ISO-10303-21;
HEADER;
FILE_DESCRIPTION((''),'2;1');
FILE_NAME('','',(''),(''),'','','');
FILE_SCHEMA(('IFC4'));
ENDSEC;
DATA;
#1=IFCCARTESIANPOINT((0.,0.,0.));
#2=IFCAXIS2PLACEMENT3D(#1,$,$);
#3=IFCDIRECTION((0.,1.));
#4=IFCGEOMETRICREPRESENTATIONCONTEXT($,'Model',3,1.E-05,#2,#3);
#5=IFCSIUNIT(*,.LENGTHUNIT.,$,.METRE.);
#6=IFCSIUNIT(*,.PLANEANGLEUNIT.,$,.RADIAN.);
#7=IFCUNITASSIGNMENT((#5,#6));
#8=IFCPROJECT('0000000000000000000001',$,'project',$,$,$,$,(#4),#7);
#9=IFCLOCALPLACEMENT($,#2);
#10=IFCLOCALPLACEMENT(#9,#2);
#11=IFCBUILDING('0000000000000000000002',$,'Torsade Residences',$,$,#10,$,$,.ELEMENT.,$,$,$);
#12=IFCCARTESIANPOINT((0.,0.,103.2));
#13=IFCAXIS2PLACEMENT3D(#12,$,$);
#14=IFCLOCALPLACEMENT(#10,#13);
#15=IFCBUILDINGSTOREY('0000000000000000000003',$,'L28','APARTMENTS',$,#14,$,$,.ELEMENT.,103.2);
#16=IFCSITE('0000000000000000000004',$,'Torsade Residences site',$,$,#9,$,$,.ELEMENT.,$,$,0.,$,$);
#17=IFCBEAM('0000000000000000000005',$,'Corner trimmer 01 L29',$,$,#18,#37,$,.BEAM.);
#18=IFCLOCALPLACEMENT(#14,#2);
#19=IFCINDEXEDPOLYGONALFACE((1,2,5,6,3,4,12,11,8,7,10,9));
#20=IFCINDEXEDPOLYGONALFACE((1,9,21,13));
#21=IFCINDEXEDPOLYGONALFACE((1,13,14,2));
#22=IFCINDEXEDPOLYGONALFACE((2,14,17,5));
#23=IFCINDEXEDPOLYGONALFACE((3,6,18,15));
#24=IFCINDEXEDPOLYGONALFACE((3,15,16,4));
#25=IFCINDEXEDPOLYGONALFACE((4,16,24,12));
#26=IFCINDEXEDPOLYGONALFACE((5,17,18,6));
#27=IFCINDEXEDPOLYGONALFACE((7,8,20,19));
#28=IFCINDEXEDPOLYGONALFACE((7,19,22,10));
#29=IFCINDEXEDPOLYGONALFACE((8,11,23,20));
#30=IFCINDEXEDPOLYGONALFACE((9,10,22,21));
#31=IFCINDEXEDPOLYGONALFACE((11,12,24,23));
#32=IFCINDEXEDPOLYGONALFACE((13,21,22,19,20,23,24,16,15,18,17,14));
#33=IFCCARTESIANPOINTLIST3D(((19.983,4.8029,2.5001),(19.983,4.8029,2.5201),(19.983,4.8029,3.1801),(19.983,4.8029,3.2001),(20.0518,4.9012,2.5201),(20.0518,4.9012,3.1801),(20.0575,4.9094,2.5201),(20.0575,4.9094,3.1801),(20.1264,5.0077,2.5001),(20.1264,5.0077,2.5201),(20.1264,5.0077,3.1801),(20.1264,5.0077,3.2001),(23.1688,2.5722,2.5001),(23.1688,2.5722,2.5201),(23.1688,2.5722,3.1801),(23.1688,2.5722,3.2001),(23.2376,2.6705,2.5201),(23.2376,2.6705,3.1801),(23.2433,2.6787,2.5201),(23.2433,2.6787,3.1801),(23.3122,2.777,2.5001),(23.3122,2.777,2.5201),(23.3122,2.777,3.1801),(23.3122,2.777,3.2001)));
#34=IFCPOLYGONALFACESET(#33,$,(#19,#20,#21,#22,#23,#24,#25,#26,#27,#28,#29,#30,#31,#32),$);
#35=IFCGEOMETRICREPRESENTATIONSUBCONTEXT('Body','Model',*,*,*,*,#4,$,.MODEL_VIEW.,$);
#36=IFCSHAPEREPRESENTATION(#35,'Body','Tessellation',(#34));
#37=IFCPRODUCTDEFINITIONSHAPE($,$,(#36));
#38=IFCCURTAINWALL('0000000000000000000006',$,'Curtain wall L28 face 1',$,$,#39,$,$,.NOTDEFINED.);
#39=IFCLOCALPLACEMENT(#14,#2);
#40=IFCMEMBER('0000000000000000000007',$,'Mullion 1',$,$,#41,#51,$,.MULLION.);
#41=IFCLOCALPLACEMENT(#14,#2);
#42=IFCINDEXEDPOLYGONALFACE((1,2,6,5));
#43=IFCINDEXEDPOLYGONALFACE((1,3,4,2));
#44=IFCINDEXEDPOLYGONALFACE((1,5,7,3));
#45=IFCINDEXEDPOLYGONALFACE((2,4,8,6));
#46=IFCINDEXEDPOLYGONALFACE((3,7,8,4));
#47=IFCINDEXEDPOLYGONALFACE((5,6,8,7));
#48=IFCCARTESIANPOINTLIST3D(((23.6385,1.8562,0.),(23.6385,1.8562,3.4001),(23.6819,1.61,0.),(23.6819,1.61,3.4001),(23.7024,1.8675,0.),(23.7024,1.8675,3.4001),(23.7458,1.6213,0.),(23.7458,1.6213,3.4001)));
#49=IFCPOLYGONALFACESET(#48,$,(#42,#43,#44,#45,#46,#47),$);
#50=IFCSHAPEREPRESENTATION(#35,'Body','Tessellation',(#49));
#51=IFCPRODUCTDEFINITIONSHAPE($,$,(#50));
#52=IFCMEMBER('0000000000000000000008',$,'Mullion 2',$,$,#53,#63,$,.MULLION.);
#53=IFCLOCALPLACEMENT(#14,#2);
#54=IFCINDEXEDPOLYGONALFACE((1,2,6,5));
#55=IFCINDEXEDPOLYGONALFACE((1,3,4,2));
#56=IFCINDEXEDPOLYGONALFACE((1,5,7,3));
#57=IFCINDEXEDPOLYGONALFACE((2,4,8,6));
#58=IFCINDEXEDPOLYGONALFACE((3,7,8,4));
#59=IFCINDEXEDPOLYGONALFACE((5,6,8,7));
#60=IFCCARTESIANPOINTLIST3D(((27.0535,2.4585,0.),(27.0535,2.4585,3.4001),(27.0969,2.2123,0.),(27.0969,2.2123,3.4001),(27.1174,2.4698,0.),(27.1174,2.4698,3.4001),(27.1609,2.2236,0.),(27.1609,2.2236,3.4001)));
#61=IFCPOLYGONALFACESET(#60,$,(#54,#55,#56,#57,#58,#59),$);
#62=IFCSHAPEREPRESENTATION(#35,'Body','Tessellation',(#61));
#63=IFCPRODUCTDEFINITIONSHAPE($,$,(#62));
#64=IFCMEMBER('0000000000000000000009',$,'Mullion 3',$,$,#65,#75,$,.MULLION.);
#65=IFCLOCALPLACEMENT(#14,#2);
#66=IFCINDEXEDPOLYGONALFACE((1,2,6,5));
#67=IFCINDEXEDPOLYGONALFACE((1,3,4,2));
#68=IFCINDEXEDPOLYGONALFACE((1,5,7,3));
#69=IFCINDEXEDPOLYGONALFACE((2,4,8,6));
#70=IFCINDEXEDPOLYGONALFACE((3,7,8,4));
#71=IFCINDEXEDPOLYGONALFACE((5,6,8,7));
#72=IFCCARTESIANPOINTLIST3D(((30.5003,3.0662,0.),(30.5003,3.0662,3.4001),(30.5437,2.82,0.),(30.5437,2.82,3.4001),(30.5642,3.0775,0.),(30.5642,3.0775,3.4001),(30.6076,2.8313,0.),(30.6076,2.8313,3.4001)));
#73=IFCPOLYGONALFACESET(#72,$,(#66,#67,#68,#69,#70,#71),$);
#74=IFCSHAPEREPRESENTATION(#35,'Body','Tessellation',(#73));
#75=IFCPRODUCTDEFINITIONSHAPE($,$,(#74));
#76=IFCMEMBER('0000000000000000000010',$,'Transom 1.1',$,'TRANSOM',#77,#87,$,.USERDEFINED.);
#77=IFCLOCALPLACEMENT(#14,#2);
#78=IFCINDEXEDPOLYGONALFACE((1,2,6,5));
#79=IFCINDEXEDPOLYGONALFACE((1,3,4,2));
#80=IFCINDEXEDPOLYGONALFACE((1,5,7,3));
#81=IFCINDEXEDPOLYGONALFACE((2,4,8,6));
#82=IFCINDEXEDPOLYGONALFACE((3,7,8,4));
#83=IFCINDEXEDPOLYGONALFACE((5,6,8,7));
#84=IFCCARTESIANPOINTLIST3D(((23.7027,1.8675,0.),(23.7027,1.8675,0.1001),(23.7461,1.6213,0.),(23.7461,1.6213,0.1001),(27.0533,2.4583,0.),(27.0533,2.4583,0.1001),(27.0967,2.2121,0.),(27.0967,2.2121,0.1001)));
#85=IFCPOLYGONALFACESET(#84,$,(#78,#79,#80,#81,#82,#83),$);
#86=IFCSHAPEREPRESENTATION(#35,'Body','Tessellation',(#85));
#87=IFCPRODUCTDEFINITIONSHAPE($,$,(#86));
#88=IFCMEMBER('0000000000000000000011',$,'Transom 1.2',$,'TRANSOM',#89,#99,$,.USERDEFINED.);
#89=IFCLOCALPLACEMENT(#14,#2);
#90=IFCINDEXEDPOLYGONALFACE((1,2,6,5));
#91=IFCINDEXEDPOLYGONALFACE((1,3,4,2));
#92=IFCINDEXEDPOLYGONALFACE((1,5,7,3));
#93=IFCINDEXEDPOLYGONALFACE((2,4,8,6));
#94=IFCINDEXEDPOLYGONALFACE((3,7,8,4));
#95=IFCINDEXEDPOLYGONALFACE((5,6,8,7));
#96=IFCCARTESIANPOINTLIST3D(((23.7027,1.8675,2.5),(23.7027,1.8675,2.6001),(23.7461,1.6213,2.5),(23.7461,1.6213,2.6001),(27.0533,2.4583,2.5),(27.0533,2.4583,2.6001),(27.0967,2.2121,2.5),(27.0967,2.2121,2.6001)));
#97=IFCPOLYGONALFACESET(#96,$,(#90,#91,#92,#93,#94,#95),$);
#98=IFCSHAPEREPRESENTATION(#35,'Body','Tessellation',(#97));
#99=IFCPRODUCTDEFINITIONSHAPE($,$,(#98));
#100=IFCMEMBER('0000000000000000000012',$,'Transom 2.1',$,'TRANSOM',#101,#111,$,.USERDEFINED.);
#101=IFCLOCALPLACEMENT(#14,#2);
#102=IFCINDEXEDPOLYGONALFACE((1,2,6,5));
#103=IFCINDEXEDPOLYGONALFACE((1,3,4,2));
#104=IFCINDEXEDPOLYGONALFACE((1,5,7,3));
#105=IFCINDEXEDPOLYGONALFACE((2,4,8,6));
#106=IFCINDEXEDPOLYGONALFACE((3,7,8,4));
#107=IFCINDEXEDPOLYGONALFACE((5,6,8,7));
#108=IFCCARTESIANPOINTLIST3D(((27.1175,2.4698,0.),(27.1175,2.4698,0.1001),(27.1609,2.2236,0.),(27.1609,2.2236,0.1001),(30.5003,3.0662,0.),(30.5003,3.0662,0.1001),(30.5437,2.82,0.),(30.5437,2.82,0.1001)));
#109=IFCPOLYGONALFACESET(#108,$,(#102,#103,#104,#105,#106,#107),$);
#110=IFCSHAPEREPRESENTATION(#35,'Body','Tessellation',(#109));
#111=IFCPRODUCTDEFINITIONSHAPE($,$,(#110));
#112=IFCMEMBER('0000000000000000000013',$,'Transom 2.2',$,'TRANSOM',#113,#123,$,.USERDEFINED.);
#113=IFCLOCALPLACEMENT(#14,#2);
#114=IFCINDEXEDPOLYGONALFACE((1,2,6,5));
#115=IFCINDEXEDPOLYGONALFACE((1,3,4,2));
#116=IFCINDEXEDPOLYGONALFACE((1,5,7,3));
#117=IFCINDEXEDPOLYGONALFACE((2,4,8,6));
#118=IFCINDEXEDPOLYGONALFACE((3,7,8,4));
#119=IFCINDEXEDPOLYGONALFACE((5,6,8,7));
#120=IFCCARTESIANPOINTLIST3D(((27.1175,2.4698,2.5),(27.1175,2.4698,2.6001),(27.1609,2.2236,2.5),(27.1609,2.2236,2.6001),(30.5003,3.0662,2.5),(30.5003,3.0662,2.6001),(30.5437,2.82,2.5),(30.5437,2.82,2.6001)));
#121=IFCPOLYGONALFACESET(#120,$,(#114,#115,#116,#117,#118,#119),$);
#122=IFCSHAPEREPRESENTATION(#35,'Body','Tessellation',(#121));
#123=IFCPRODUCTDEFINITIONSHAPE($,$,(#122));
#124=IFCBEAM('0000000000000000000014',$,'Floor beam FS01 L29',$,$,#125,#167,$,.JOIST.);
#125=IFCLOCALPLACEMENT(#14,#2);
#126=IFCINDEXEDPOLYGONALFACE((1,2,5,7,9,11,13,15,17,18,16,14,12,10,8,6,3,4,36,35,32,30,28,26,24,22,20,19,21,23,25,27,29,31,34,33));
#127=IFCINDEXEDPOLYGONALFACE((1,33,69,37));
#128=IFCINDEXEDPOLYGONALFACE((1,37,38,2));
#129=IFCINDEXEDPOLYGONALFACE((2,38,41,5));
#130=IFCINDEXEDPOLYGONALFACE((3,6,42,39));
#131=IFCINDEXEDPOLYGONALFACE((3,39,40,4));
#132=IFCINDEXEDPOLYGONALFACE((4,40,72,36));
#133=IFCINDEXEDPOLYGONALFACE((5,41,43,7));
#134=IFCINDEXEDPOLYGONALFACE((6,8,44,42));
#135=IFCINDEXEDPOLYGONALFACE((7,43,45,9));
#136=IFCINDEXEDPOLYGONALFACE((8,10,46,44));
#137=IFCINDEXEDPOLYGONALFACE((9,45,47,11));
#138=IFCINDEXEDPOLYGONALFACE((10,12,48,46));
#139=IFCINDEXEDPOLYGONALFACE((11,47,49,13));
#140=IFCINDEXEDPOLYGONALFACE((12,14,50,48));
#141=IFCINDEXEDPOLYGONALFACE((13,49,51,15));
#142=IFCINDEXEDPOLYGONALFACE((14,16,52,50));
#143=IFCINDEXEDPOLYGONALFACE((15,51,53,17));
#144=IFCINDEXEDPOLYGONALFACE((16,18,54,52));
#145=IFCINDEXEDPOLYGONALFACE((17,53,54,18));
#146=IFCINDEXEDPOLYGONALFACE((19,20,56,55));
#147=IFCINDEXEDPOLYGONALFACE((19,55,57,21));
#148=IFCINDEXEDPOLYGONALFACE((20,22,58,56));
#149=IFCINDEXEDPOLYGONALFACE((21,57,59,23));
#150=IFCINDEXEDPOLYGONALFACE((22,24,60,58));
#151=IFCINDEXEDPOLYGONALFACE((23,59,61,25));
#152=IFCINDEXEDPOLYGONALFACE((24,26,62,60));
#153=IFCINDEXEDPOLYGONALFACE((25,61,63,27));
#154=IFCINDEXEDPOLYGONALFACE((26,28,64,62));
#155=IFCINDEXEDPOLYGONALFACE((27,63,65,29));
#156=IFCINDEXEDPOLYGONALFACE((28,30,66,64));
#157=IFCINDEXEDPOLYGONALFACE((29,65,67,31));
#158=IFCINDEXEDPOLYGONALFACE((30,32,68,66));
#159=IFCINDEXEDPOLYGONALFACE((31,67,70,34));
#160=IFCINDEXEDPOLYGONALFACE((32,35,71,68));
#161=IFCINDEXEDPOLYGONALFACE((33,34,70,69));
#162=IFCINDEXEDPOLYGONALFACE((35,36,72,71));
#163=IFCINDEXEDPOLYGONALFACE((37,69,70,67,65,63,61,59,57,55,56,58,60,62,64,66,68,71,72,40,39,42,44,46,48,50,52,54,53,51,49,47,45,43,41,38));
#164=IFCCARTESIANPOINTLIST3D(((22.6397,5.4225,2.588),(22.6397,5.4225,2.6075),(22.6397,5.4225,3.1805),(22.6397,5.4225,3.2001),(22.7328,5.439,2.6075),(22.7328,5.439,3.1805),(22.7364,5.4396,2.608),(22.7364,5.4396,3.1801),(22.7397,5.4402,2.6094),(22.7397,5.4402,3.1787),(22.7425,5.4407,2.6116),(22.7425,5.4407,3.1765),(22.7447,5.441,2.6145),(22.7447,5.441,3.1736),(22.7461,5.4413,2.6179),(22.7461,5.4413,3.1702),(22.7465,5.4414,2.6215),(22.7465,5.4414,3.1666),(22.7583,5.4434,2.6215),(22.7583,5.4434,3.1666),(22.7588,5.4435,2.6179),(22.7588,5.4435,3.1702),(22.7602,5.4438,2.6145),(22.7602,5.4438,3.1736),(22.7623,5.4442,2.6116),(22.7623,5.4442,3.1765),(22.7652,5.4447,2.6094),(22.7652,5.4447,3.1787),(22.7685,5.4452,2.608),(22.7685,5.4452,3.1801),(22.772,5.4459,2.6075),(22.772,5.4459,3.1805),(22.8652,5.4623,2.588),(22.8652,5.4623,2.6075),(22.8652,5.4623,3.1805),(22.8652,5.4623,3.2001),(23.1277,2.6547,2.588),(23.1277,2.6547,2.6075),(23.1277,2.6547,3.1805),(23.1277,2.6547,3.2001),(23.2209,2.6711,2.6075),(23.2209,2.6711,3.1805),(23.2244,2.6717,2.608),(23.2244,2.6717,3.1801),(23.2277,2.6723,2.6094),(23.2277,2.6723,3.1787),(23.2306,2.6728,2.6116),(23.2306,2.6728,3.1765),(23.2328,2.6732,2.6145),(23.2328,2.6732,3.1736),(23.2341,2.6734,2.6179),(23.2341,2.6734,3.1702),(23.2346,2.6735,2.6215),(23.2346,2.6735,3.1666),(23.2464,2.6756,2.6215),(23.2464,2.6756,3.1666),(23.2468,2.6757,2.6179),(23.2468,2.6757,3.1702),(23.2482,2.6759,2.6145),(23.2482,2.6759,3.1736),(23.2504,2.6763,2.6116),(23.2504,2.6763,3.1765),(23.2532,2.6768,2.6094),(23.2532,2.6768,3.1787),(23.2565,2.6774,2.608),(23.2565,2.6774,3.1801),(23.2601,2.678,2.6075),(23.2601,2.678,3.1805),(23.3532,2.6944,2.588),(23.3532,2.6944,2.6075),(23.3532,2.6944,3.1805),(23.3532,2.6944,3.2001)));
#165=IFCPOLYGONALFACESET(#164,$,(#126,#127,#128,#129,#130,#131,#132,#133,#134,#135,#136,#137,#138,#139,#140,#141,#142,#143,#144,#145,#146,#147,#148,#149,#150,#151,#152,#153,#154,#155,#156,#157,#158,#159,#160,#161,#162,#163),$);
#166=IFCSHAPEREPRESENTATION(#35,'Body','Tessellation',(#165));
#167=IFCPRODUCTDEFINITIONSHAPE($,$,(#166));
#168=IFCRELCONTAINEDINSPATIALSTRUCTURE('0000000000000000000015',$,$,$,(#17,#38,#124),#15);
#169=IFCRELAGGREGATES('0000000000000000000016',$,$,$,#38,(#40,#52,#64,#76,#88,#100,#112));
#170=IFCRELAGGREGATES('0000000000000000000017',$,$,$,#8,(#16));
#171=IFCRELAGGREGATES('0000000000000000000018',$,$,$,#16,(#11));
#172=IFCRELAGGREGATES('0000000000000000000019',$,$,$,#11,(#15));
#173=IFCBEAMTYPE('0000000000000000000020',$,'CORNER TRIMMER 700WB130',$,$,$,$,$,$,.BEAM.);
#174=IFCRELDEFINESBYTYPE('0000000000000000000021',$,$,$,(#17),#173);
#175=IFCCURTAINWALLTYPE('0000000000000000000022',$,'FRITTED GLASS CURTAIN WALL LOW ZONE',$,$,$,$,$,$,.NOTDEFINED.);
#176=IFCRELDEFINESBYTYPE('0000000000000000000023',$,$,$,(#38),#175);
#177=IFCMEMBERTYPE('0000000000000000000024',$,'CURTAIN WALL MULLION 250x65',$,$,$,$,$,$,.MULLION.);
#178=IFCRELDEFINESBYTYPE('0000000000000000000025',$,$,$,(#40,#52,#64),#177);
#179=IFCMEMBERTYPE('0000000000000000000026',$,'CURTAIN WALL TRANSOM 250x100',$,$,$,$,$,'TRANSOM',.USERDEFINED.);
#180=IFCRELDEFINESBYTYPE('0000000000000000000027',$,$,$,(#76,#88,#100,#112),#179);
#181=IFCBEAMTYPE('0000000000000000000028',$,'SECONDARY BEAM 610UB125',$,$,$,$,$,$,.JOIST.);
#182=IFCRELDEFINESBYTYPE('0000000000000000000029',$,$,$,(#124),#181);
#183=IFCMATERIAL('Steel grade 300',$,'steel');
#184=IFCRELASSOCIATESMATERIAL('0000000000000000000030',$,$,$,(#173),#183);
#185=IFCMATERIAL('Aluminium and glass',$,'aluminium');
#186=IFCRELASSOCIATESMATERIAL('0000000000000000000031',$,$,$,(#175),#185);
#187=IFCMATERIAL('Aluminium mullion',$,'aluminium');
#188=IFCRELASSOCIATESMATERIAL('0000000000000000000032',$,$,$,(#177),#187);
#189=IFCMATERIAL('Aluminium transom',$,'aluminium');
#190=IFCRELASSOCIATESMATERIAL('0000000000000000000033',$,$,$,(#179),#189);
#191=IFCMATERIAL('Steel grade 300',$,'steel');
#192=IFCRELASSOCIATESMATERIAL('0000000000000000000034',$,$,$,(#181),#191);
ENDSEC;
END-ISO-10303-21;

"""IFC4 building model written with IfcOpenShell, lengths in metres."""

from ifc_helpers import new_model, si_unit, direction, frame, origin, origin_2d, place, context, subcontext, project, spatial, rectangle, i_section, extrude, material, material_profile, profile_set, type_object, element, aggregate, save


model = new_model("IFC4")

# Units and contexts
model_context = context("Model", 3, precision=1e-05, world=origin(), true_north=direction((0.0, 1.0)))
body_context = subcontext(model_context, "Body", "Model", "MODEL_VIEW")
ifc_project = project(units=[si_unit("LENGTHUNIT", "METRE"), si_unit("PLANEANGLEUNIT", "RADIAN")], contexts=[model_context])

# Site, building, storey
site_placement = place(None, origin())
site = spatial("IfcSite", under=ifc_project, at=site_placement, Name="Torsade Residences site", CompositionType="ELEMENT", RefElevation=0.0)
building_placement = place(site_placement, origin())
building = spatial("IfcBuilding", under=site, at=building_placement, Name="Torsade Residences", CompositionType="ELEMENT")
storey_placement = place(building_placement, frame((0.0, 0.0, 103.2)))
storey = spatial("IfcBuildingStorey", under=building, at=storey_placement, Name="L28", Description="APARTMENTS", CompositionType="ELEMENT", Elevation=103.2)

# Beam
ifc_material_1 = material(Name="Steel grade 300", Category="steel")
ifc_material_profile_1 = material_profile(ifc_material_1, i_section(OverallWidth=0.25, OverallDepth=0.7, WebThickness=0.01, FlangeThickness=0.02, at=origin_2d()), Name="700WB130")
ifc_profile_set_1 = profile_set([ifc_material_profile_1], Name="Steel grade 300")
beam_type_1 = type_object("IfcBeamType", Name="CORNER TRIMMER 700WB130", PredefinedType="BEAM", material=ifc_profile_set_1)
beam_1_placement = place(storey_placement, frame((23.2405, 2.6746, 2.8501), z_axis=(-0.819152, 0.573576, 0.0), x_axis=(-0.573576, -0.819152, 0.0)))
element("IfcBeam", 1, at=beam_1_placement, inside=storey, type_object=beam_type_1, Name="Corner trimmer 01 L29", PredefinedType="BEAM", context=body_context, shape_type="SweptSolid", body=[
    extrude(i_section(OverallWidth=0.25, OverallDepth=0.7, WebThickness=0.01, FlangeThickness=0.02, at=origin_2d()), origin(), (0.0, 0.0, 1.0), 3.8892),
])

# Curtain wall, members
ifc_material_2 = material(Name="Aluminium and glass", Category="aluminium")
curtain_wall_type = type_object("IfcCurtainWallType", Name="FRITTED GLASS CURTAIN WALL LOW ZONE", PredefinedType="NOTDEFINED", material=ifc_material_2)
curtain_wall_placement = place(storey_placement, origin())
curtain_wall = element("IfcCurtainWall", 2, at=curtain_wall_placement, inside=storey, type_object=curtain_wall_type, Name="Curtain wall L28 face 1", PredefinedType="NOTDEFINED")
ifc_material_3 = material(Name="Aluminium mullion", Category="aluminium")
ifc_material_profile_2 = material_profile(ifc_material_3, rectangle(XDim=0.25, YDim=0.0649, at=origin_2d()), Name="CURTAIN WALL MULLION 250x65")
ifc_profile_set_2 = profile_set([ifc_material_profile_2], Name="Aluminium mullion")
member_type_1 = type_object("IfcMemberType", Name="CURTAIN WALL MULLION 250x65", PredefinedType="MULLION", material=ifc_profile_set_2)
member_1_placement = place(storey_placement, frame((23.6921, 1.7388, 0.0), z_axis=(0.0, 0.0, 1.0), x_axis=(-0.173648, 0.984808, 0.0)))
member_1 = element("IfcMember", 3, at=member_1_placement, type_object=member_type_1, Name="Mullion 1", PredefinedType="MULLION", context=body_context, shape_type="SweptSolid", body=[
    extrude(rectangle(XDim=0.25, YDim=0.0649, at=origin_2d()), origin(), (0.0, 0.0, 1.0), 3.4001),
])
member_2_placement = place(storey_placement, frame((27.1072, 2.3411, 0.0), z_axis=(0.0, 0.0, 1.0), x_axis=(-0.173648, 0.984808, 0.0)))
member_2 = element("IfcMember", 4, at=member_2_placement, type_object=member_type_1, Name="Mullion 2", PredefinedType="MULLION", context=body_context, shape_type="SweptSolid", body=[
    extrude(rectangle(XDim=0.25, YDim=0.0649, at=origin_2d()), origin(), (0.0, 0.0, 1.0), 3.4001),
])
member_3_placement = place(storey_placement, frame((30.554, 2.9487, 0.0), z_axis=(0.0, 0.0, 1.0), x_axis=(-0.173648, 0.984808, 0.0)))
member_3 = element("IfcMember", 5, at=member_3_placement, type_object=member_type_1, Name="Mullion 3", PredefinedType="MULLION", context=body_context, shape_type="SweptSolid", body=[
    extrude(rectangle(XDim=0.25, YDim=0.0649, at=origin_2d()), origin(), (0.0, 0.0, 1.0), 3.4001),
])
ifc_material_4 = material(Name="Aluminium transom", Category="aluminium")
ifc_material_profile_3 = material_profile(ifc_material_4, rectangle(XDim=0.25, YDim=0.1001, at=origin_2d()), Name="CURTAIN WALL TRANSOM 250x100")
ifc_profile_set_3 = profile_set([ifc_material_profile_3], Name="Aluminium transom")
member_type_2 = type_object("IfcMemberType", Name="CURTAIN WALL TRANSOM 250x100", ElementType="TRANSOM", PredefinedType="USERDEFINED", material=ifc_profile_set_3)
member_4_placement = place(storey_placement, frame((23.7244, 1.7444, 0.05), z_axis=(0.984807, 0.173654, 0.0), x_axis=(-0.173654, 0.984807, 0.0)))
member_4 = element("IfcMember", 6, at=member_4_placement, type_object=member_type_2, Name="Transom 1.1", ObjectType="TRANSOM", PredefinedType="USERDEFINED", context=body_context, shape_type="SweptSolid", body=[
    extrude(rectangle(XDim=0.25, YDim=0.1001, at=origin_2d()), origin(), (0.0, 0.0, 1.0), 3.4023),
])
member_5_placement = place(storey_placement, frame((23.7244, 1.7444, 2.55), z_axis=(0.984807, 0.173654, 0.0), x_axis=(-0.173654, 0.984807, 0.0)))
member_5 = element("IfcMember", 7, at=member_5_placement, type_object=member_type_2, Name="Transom 1.2", ObjectType="TRANSOM", PredefinedType="USERDEFINED", context=body_context, shape_type="SweptSolid", body=[
    extrude(rectangle(XDim=0.25, YDim=0.1001, at=origin_2d()), origin(), (0.0, 0.0, 1.0), 3.4023),
])
member_6_placement = place(storey_placement, frame((27.1392, 2.3467, 0.05), z_axis=(0.98481, 0.173635, 0.0), x_axis=(-0.173635, 0.98481, 0.0)))
member_6 = element("IfcMember", 8, at=member_6_placement, type_object=member_type_2, Name="Transom 2.1", ObjectType="TRANSOM", PredefinedType="USERDEFINED", context=body_context, shape_type="SweptSolid", body=[
    extrude(rectangle(XDim=0.25, YDim=0.1001, at=origin_2d()), origin(), (0.0, 0.0, 1.0), 3.4351),
])
member_7_placement = place(storey_placement, frame((27.1392, 2.3467, 2.55), z_axis=(0.98481, 0.173635, 0.0), x_axis=(-0.173635, 0.98481, 0.0)))
member_7 = element("IfcMember", 9, at=member_7_placement, type_object=member_type_2, Name="Transom 2.2", ObjectType="TRANSOM", PredefinedType="USERDEFINED", context=body_context, shape_type="SweptSolid", body=[
    extrude(rectangle(XDim=0.25, YDim=0.1001, at=origin_2d()), origin(), (0.0, 0.0, 1.0), 3.4351),
])

# Beam
ifc_material_5 = material(Name="Steel grade 300", Category="steel")
ifc_material_profile_4 = material_profile(ifc_material_5, i_section(OverallWidth=0.229, OverallDepth=0.6121, WebThickness=0.012, FlangeThickness=0.0195, FilletRadius=0.0139, at=origin_2d()), Name="610UB125")
ifc_profile_set_4 = profile_set([ifc_material_profile_4], Name="Steel grade 300")
beam_type_2 = type_object("IfcBeamType", Name="SECONDARY BEAM 610UB125", PredefinedType="JOIST", material=ifc_profile_set_4)
beam_2_placement = place(storey_placement, frame((23.2405, 2.6746, 2.894), z_axis=(-0.173647, 0.984808, 0.0), x_axis=(-0.984808, -0.173647, 0.0)))
element("IfcBeam", 10, at=beam_2_placement, inside=storey, type_object=beam_type_2, Name="Floor beam FS01 L29", PredefinedType="JOIST", context=body_context, shape_type="SweptSolid", body=[
    extrude(i_section(OverallWidth=0.229, OverallDepth=0.6121, WebThickness=0.012, FlangeThickness=0.0195, FilletRadius=0.0139, at=origin_2d()), origin(), (0.0, 0.0, 1.0), 2.8105),
])

aggregate(curtain_wall, [member_1, member_2, member_3, member_4, member_5, member_6, member_7])

save(model, "model.ifc")
